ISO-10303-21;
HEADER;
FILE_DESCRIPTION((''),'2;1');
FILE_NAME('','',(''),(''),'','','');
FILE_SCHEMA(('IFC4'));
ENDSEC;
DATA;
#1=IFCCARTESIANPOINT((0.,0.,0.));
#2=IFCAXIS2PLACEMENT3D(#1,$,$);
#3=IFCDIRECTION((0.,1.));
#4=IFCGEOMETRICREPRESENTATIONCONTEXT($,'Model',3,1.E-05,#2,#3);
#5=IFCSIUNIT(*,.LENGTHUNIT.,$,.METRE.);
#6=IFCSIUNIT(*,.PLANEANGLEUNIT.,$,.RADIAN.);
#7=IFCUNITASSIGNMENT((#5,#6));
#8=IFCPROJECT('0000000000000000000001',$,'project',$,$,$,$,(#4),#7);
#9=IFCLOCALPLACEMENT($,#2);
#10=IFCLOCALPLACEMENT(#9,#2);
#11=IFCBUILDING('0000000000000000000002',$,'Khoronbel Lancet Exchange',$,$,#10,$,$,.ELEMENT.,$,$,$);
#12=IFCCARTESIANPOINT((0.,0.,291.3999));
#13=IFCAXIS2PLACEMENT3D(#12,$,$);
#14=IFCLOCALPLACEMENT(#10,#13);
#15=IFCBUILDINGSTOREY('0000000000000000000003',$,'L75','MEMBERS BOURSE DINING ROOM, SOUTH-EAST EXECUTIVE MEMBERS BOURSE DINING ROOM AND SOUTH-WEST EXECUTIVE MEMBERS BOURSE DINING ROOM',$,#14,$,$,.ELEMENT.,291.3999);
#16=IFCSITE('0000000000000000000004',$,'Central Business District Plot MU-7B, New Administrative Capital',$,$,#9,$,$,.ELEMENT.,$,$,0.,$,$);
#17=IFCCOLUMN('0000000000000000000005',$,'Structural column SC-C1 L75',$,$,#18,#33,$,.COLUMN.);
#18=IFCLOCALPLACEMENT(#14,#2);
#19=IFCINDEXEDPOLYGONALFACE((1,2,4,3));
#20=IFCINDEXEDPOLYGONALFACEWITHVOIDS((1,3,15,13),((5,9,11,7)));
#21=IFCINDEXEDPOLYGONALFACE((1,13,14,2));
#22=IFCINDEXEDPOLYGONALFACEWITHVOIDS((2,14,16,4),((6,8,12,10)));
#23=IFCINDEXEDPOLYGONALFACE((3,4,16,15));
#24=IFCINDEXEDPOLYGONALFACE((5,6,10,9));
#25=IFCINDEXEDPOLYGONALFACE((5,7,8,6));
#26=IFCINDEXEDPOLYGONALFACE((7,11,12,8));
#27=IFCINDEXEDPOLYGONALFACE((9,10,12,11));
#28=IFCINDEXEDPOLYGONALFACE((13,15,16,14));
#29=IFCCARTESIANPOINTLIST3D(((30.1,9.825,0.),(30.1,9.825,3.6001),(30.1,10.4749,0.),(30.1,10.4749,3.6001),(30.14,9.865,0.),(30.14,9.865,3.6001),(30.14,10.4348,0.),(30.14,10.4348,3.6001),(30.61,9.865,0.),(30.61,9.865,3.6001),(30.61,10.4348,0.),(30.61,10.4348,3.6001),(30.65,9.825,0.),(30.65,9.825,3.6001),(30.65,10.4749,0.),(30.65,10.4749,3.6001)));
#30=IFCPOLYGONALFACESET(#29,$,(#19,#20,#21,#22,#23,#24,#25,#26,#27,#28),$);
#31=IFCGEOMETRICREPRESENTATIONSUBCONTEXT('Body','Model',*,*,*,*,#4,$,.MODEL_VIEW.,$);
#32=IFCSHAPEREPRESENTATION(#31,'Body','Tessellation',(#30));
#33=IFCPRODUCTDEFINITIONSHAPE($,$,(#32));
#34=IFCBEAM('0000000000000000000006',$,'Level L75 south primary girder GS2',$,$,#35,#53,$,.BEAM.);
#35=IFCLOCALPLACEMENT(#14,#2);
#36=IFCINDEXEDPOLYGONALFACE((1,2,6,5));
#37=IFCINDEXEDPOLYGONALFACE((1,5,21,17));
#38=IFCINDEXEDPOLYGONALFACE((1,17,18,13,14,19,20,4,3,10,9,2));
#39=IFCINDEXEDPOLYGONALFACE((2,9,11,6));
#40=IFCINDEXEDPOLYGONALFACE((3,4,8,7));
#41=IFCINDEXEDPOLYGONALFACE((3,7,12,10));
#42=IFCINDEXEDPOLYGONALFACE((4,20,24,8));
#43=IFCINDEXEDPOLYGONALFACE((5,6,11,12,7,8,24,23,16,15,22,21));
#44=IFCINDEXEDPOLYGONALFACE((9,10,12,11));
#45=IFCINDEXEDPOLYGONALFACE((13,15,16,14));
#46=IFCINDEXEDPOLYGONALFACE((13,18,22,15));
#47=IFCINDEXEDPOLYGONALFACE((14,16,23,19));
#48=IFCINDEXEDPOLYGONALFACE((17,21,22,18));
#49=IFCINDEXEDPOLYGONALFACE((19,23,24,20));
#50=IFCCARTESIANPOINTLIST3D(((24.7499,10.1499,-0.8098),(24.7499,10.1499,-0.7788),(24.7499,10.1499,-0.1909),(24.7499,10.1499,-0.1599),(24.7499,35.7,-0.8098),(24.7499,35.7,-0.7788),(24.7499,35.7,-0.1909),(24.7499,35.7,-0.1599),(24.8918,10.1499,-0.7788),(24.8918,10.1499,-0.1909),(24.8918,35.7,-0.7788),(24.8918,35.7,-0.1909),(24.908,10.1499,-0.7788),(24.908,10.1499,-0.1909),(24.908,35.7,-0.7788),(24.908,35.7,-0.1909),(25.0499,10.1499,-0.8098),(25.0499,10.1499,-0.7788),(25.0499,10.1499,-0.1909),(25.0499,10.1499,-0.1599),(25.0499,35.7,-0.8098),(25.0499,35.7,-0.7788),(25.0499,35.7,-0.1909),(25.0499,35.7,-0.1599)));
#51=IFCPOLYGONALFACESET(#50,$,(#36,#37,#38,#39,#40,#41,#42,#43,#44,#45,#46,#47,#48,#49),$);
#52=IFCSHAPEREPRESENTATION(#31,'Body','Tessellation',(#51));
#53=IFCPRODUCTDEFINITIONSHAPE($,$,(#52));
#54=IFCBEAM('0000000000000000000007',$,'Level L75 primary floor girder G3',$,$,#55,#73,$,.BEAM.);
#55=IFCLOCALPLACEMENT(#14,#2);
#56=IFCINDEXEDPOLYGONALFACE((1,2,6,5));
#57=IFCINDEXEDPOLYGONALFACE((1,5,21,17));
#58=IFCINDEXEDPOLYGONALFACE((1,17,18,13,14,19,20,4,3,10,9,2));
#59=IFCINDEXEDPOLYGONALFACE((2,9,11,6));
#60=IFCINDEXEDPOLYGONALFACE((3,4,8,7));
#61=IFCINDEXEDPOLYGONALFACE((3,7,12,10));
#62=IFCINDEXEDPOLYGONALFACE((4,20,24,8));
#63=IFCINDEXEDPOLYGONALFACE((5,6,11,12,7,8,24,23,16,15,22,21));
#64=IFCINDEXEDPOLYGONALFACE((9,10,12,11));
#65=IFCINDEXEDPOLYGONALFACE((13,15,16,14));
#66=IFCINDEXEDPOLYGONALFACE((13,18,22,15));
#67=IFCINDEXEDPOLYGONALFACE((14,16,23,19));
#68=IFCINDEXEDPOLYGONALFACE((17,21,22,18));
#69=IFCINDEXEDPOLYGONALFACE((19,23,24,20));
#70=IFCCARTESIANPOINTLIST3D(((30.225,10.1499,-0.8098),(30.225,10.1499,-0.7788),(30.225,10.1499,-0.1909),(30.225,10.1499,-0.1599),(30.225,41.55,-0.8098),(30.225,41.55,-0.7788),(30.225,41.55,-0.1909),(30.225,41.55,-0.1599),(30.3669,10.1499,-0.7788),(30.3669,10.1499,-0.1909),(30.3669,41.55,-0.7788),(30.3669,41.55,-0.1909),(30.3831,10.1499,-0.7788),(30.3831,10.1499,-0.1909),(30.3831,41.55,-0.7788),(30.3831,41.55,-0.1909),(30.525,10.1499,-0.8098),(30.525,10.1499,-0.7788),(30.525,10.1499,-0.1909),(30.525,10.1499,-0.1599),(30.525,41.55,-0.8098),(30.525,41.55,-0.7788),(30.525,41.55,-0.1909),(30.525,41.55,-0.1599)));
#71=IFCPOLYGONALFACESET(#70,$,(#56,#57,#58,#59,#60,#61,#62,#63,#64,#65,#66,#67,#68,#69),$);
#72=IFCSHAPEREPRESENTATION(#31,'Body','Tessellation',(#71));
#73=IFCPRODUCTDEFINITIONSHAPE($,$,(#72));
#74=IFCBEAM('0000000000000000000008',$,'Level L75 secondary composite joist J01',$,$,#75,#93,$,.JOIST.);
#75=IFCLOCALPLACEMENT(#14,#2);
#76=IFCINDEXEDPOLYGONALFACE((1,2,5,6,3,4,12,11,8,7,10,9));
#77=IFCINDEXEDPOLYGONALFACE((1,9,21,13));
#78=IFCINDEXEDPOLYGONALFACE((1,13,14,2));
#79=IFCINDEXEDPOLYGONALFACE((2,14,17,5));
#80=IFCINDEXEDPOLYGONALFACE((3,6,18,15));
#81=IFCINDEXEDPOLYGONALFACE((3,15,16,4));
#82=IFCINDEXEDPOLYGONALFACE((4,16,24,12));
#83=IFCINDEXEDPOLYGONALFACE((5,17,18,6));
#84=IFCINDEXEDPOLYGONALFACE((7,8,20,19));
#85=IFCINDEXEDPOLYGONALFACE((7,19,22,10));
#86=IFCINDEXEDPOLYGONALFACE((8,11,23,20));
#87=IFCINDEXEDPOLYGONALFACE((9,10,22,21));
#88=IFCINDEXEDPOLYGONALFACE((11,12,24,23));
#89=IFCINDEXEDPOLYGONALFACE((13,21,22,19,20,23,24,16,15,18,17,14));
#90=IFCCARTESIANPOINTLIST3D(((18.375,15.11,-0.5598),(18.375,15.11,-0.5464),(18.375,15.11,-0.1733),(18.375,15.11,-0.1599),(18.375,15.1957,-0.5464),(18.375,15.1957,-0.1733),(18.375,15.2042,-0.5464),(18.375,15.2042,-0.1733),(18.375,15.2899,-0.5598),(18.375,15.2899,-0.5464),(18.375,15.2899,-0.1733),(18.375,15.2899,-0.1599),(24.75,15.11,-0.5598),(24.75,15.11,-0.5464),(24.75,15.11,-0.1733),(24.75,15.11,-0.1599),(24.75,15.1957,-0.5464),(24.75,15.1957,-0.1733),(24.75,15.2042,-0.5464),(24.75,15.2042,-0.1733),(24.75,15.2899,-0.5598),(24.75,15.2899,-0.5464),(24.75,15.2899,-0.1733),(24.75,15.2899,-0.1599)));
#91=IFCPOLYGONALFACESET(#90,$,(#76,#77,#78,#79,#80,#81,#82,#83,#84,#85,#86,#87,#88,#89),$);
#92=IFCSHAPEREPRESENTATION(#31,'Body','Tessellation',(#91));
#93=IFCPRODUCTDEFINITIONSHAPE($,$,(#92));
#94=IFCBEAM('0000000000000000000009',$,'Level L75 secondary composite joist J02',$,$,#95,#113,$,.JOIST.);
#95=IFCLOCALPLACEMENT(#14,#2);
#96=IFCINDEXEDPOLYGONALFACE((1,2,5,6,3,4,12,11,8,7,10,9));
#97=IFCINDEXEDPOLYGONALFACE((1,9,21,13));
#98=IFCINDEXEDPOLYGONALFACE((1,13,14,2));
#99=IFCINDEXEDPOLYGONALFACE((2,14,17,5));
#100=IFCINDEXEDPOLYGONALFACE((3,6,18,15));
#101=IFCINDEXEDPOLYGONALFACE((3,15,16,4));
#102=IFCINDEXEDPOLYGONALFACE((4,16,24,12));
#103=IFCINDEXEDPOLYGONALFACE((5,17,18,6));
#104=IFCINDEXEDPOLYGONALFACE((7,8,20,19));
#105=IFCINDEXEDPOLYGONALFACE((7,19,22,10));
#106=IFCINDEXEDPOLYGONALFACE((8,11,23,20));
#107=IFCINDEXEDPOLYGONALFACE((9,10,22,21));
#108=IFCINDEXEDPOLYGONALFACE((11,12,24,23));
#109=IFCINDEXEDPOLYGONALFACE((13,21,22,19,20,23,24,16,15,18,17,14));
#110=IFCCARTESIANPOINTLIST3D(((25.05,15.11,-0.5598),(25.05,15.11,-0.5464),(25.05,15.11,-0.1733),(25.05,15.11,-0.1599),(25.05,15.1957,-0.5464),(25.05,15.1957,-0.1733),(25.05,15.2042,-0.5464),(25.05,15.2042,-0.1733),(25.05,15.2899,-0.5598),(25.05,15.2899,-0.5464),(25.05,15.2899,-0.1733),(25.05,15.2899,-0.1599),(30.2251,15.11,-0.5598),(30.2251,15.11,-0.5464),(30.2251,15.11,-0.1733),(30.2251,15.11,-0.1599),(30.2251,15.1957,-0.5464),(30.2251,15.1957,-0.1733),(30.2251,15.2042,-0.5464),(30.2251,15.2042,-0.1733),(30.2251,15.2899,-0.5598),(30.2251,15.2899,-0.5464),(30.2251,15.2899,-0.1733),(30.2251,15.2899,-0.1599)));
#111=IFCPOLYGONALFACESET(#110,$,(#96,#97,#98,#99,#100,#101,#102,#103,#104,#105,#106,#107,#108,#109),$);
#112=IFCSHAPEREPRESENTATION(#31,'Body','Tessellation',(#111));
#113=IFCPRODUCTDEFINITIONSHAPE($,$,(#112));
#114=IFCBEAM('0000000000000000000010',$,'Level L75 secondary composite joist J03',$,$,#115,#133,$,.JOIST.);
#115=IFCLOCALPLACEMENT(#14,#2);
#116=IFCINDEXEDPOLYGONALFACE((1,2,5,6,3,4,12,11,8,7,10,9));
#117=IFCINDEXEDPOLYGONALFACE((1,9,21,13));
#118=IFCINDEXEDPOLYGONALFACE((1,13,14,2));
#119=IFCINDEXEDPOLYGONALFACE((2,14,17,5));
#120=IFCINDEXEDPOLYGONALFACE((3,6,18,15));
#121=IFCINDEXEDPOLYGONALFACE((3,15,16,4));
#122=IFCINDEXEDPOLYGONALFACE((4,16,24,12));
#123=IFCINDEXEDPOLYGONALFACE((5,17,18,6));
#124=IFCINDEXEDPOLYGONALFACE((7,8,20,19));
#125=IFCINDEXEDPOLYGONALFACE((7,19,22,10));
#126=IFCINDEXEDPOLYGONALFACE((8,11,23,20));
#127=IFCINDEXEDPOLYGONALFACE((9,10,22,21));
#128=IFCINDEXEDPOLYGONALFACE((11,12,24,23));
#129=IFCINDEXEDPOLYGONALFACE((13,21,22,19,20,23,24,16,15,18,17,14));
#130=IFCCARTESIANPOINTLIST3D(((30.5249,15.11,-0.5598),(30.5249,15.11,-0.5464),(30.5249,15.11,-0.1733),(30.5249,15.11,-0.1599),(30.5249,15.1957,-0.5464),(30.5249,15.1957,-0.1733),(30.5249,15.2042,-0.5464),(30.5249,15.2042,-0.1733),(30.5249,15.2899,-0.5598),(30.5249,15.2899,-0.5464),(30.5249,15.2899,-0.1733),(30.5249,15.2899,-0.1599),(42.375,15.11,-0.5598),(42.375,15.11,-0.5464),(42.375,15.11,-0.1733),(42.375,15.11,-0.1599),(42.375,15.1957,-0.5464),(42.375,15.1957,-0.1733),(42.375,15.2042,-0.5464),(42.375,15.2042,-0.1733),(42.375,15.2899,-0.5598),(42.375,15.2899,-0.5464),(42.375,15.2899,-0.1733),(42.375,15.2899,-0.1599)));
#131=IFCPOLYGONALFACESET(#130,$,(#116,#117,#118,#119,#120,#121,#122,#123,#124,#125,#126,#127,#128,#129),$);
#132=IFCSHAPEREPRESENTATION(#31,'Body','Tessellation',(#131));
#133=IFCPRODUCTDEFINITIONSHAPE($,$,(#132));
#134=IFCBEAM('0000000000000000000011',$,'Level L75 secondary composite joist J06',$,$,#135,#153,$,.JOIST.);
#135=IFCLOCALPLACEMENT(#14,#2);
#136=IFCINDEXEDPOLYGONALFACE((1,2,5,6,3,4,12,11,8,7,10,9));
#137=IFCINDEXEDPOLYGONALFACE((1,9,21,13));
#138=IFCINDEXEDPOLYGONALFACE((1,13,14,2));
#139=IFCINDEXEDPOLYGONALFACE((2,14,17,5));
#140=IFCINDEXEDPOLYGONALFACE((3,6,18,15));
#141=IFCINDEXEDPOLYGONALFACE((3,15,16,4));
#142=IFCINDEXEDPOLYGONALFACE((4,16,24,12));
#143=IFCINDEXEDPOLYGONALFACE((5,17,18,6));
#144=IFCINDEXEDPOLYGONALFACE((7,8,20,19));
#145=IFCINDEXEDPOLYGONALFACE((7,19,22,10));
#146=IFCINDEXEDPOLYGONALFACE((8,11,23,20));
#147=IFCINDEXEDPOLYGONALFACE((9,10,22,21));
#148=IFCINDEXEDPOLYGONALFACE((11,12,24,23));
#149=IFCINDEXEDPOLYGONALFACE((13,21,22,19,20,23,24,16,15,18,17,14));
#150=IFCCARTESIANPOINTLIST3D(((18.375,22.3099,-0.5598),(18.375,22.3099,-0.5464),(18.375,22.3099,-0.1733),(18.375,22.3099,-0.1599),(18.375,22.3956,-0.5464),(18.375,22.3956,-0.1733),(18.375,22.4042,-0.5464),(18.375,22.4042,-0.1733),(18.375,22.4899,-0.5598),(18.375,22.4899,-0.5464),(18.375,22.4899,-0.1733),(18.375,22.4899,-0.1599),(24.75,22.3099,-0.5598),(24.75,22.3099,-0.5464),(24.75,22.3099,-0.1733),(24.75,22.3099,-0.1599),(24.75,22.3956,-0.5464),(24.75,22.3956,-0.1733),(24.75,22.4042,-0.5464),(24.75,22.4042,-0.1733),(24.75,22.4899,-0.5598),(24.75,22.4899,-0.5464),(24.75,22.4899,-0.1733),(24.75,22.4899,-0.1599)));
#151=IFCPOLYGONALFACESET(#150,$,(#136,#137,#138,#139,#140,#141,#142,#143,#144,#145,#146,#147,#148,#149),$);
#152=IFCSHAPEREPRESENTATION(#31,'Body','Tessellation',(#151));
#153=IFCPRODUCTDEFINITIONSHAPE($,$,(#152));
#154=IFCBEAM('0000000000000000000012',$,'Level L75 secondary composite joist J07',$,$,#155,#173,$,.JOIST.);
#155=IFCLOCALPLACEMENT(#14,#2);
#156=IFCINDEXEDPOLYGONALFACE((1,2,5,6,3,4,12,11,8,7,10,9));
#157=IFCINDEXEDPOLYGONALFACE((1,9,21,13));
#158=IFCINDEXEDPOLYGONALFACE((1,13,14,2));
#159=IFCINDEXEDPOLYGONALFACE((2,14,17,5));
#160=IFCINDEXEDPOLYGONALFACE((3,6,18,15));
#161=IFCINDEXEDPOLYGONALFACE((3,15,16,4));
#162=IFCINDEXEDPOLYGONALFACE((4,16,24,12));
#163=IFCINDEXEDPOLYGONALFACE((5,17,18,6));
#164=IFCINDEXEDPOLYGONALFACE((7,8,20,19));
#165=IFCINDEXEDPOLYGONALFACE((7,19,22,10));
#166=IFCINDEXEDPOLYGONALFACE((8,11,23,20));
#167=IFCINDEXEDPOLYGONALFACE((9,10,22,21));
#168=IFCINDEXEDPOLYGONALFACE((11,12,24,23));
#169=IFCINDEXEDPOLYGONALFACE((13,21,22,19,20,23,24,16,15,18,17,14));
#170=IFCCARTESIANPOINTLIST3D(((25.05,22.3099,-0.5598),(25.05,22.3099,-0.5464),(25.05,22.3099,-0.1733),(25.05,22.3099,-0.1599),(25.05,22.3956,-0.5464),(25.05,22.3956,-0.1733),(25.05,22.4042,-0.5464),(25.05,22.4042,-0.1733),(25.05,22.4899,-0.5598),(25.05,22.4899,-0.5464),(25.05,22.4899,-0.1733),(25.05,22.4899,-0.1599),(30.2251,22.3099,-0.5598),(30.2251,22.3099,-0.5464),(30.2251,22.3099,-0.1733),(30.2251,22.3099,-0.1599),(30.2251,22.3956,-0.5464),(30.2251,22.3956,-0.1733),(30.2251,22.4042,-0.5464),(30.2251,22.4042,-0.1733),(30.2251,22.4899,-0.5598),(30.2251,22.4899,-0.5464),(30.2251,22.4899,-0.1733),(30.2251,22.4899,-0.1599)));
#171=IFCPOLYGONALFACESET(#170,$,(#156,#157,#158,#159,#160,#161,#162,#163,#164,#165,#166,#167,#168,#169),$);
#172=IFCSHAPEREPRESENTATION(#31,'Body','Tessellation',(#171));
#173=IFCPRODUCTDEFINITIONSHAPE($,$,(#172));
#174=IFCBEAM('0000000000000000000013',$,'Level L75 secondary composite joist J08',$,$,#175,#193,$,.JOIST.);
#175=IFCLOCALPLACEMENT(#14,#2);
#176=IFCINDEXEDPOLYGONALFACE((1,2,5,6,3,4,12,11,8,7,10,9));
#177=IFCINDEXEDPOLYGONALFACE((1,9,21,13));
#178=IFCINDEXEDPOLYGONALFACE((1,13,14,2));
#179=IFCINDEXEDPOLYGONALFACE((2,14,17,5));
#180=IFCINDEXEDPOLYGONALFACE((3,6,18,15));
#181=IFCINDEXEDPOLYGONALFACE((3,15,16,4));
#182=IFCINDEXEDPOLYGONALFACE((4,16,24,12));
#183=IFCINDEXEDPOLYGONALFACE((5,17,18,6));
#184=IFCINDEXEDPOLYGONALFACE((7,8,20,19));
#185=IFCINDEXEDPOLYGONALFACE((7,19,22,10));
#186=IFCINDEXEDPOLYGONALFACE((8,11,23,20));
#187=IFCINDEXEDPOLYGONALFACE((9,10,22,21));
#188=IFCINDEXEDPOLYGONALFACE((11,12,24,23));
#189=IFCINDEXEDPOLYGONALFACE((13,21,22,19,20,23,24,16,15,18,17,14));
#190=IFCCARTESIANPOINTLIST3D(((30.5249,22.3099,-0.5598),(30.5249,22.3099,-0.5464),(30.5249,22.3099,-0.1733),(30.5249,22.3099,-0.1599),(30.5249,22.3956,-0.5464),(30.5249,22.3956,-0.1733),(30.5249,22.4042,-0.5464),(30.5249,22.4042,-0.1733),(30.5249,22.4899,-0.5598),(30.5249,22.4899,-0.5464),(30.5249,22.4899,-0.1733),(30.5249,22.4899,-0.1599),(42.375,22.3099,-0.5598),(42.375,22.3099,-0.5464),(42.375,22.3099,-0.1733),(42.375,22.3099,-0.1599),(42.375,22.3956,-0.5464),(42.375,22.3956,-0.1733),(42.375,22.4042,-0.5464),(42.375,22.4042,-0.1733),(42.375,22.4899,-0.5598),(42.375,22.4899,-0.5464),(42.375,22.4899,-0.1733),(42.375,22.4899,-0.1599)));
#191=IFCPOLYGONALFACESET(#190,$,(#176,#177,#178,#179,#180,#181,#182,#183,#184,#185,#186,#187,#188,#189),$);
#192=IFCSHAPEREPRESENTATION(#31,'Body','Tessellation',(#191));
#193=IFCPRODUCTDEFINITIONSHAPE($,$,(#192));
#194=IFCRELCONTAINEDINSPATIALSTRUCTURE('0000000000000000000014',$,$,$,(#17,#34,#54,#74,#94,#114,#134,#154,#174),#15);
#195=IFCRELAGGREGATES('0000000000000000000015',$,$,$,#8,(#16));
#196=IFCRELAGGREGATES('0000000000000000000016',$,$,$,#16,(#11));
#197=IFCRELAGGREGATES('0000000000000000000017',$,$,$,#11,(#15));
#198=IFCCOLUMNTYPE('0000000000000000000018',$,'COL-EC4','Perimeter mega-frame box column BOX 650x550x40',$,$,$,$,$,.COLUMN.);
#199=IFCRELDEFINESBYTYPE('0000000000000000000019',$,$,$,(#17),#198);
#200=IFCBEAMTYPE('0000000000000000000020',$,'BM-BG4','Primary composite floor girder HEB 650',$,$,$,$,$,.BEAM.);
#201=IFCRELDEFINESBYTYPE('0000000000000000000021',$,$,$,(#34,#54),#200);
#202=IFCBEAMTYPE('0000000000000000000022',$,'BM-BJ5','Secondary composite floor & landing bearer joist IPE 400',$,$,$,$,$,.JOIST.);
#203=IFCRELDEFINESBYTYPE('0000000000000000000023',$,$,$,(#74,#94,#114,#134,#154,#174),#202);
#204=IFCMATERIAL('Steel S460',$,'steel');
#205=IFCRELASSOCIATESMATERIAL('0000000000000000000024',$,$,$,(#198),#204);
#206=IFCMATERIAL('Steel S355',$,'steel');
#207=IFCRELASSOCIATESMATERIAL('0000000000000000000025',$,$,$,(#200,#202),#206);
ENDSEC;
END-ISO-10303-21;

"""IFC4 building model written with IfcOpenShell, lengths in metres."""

from ifc_helpers import new_model, si_unit, direction, frame, origin, origin_2d, place, context, subcontext, project, spatial, hollow_rectangle, i_section, extrude, material, material_profile, profile_set, type_object, element, save


model = new_model("IFC4")

# Units and contexts
model_context = context("Model", 3, precision=1e-05, world=origin(), true_north=direction((0.0, 1.0)))
body_context = subcontext(model_context, "Body", "Model", "MODEL_VIEW")
ifc_project = project(units=[si_unit("LENGTHUNIT", "METRE"), si_unit("PLANEANGLEUNIT", "RADIAN")], contexts=[model_context])

# Site, building, storey
site_placement = place(None, origin())
site = spatial("IfcSite", under=ifc_project, at=site_placement, Name="Central Business District Plot MU-7B, New Administrative Capital", CompositionType="ELEMENT", RefElevation=0.0)
building_placement = place(site_placement, origin())
building = spatial("IfcBuilding", under=site, at=building_placement, Name="Khoronbel Lancet Exchange", CompositionType="ELEMENT")
storey_placement = place(building_placement, frame((0.0, 0.0, 291.3999)))
storey = spatial("IfcBuildingStorey", under=building, at=storey_placement, Name="L75", Description="MEMBERS BOURSE DINING ROOM, SOUTH-EAST EXECUTIVE MEMBERS BOURSE DINING ROOM AND SOUTH-WEST EXECUTIVE MEMBERS BOURSE DINING ROOM", CompositionType="ELEMENT", Elevation=291.3999)

# Column
ifc_material_1 = material(Name="Steel S460", Category="steel")
ifc_material_profile_1 = material_profile(ifc_material_1, hollow_rectangle(XDim=0.55, YDim=0.6499, WallThickness=0.04, at=origin_2d()), Name="BOX 650x550x40")
ifc_profile_set_1 = profile_set([ifc_material_profile_1], Name="Steel S460")
column_type = type_object("IfcColumnType", Name="COL-EC4", Description="Perimeter mega-frame box column BOX 650x550x40", PredefinedType="COLUMN", material=ifc_profile_set_1)
column_placement = place(storey_placement, frame((30.375, 10.1499, 0.0), z_axis=(0.0, 0.0, 1.0), x_axis=(1.0, 0.0, 0.0)))
element("IfcColumn", 1, at=column_placement, inside=storey, type_object=column_type, Name="Structural column SC-C1 L75", PredefinedType="COLUMN", context=body_context, shape_type="SweptSolid", body=[
    extrude(hollow_rectangle(XDim=0.55, YDim=0.6499, WallThickness=0.04, at=origin_2d()), origin(), (0.0, 0.0, 1.0), 3.6001),
])

# Beams
ifc_material_2 = material(Name="Steel S355", Category="steel")
ifc_material_profile_2 = material_profile(ifc_material_2, i_section(OverallWidth=0.3, OverallDepth=0.6499, WebThickness=0.0161, FlangeThickness=0.031, at=origin_2d()), Name="HEB 650")
ifc_profile_set_2 = profile_set([ifc_material_profile_2], Name="Steel S355")
beam_type_1 = type_object("IfcBeamType", Name="BM-BG4", Description="Primary composite floor girder HEB 650", PredefinedType="BEAM", material=ifc_profile_set_2)
beam_1_placement = place(storey_placement, frame((24.8999, 10.1499, -0.4849), z_axis=(0.0, 1.0, 0.0), x_axis=(-1.0, 0.0, 0.0)))
element("IfcBeam", 2, at=beam_1_placement, inside=storey, type_object=beam_type_1, Name="Level L75 south primary girder GS2", PredefinedType="BEAM", context=body_context, shape_type="SweptSolid", body=[
    extrude(i_section(OverallWidth=0.3, OverallDepth=0.6499, WebThickness=0.0161, FlangeThickness=0.031, at=origin_2d()), origin(), (0.0, 0.0, 1.0), 25.55),
])
beam_2_placement = place(storey_placement, frame((30.375, 10.1499, -0.4849), z_axis=(0.0, 1.0, 0.0), x_axis=(-1.0, 0.0, 0.0)))
element("IfcBeam", 3, at=beam_2_placement, inside=storey, type_object=beam_type_1, Name="Level L75 primary floor girder G3", PredefinedType="BEAM", context=body_context, shape_type="SweptSolid", body=[
    extrude(i_section(OverallWidth=0.3, OverallDepth=0.6499, WebThickness=0.0161, FlangeThickness=0.031, at=origin_2d()), origin(), (0.0, 0.0, 1.0), 31.4001),
])
ifc_material_profile_3 = material_profile(ifc_material_2, i_section(OverallWidth=0.1799, OverallDepth=0.3999, WebThickness=0.0085, FlangeThickness=0.0134, at=origin_2d()), Name="IPE 400")
ifc_profile_set_3 = profile_set([ifc_material_profile_3], Name="Steel S355")
beam_type_2 = type_object("IfcBeamType", Name="BM-BJ5", Description="Secondary composite floor & landing bearer joist IPE 400", PredefinedType="JOIST", material=ifc_profile_set_3)
beam_3_placement = place(storey_placement, frame((18.375, 15.2, -0.3599), z_axis=(1.0, 0.0, 0.0), x_axis=(0.0, 1.0, 0.0)))
element("IfcBeam", 4, at=beam_3_placement, inside=storey, type_object=beam_type_2, Name="Level L75 secondary composite joist J01", PredefinedType="JOIST", context=body_context, shape_type="SweptSolid", body=[
    extrude(i_section(OverallWidth=0.1799, OverallDepth=0.3999, WebThickness=0.0085, FlangeThickness=0.0134, at=origin_2d()), origin(), (0.0, 0.0, 1.0), 6.375),
])
beam_4_placement = place(storey_placement, frame((25.05, 15.2, -0.3599), z_axis=(1.0, 0.0, 0.0), x_axis=(0.0, 1.0, 0.0)))
element("IfcBeam", 5, at=beam_4_placement, inside=storey, type_object=beam_type_2, Name="Level L75 secondary composite joist J02", PredefinedType="JOIST", context=body_context, shape_type="SweptSolid", body=[
    extrude(i_section(OverallWidth=0.1799, OverallDepth=0.3999, WebThickness=0.0085, FlangeThickness=0.0134, at=origin_2d()), origin(), (0.0, 0.0, 1.0), 5.175),
])
beam_5_placement = place(storey_placement, frame((30.5249, 15.2, -0.3599), z_axis=(1.0, 0.0, 0.0), x_axis=(0.0, 1.0, 0.0)))
element("IfcBeam", 6, at=beam_5_placement, inside=storey, type_object=beam_type_2, Name="Level L75 secondary composite joist J03", PredefinedType="JOIST", context=body_context, shape_type="SweptSolid", body=[
    extrude(i_section(OverallWidth=0.1799, OverallDepth=0.3999, WebThickness=0.0085, FlangeThickness=0.0134, at=origin_2d()), origin(), (0.0, 0.0, 1.0), 11.8501),
])
beam_6_placement = place(storey_placement, frame((18.375, 22.3999, -0.3599), z_axis=(1.0, 0.0, 0.0), x_axis=(0.0, 1.0, 0.0)))
element("IfcBeam", 7, at=beam_6_placement, inside=storey, type_object=beam_type_2, Name="Level L75 secondary composite joist J06", PredefinedType="JOIST", context=body_context, shape_type="SweptSolid", body=[
    extrude(i_section(OverallWidth=0.1799, OverallDepth=0.3999, WebThickness=0.0085, FlangeThickness=0.0134, at=origin_2d()), origin(), (0.0, 0.0, 1.0), 6.375),
])
beam_7_placement = place(storey_placement, frame((25.05, 22.3999, -0.3599), z_axis=(1.0, 0.0, 0.0), x_axis=(0.0, 1.0, 0.0)))
element("IfcBeam", 8, at=beam_7_placement, inside=storey, type_object=beam_type_2, Name="Level L75 secondary composite joist J07", PredefinedType="JOIST", context=body_context, shape_type="SweptSolid", body=[
    extrude(i_section(OverallWidth=0.1799, OverallDepth=0.3999, WebThickness=0.0085, FlangeThickness=0.0134, at=origin_2d()), origin(), (0.0, 0.0, 1.0), 5.175),
])
beam_8_placement = place(storey_placement, frame((30.5249, 22.3999, -0.3599), z_axis=(1.0, 0.0, 0.0), x_axis=(0.0, 1.0, 0.0)))
element("IfcBeam", 9, at=beam_8_placement, inside=storey, type_object=beam_type_2, Name="Level L75 secondary composite joist J08", PredefinedType="JOIST", context=body_context, shape_type="SweptSolid", body=[
    extrude(i_section(OverallWidth=0.1799, OverallDepth=0.3999, WebThickness=0.0085, FlangeThickness=0.0134, at=origin_2d()), origin(), (0.0, 0.0, 1.0), 11.8501),
])

save(model, "model.ifc")
